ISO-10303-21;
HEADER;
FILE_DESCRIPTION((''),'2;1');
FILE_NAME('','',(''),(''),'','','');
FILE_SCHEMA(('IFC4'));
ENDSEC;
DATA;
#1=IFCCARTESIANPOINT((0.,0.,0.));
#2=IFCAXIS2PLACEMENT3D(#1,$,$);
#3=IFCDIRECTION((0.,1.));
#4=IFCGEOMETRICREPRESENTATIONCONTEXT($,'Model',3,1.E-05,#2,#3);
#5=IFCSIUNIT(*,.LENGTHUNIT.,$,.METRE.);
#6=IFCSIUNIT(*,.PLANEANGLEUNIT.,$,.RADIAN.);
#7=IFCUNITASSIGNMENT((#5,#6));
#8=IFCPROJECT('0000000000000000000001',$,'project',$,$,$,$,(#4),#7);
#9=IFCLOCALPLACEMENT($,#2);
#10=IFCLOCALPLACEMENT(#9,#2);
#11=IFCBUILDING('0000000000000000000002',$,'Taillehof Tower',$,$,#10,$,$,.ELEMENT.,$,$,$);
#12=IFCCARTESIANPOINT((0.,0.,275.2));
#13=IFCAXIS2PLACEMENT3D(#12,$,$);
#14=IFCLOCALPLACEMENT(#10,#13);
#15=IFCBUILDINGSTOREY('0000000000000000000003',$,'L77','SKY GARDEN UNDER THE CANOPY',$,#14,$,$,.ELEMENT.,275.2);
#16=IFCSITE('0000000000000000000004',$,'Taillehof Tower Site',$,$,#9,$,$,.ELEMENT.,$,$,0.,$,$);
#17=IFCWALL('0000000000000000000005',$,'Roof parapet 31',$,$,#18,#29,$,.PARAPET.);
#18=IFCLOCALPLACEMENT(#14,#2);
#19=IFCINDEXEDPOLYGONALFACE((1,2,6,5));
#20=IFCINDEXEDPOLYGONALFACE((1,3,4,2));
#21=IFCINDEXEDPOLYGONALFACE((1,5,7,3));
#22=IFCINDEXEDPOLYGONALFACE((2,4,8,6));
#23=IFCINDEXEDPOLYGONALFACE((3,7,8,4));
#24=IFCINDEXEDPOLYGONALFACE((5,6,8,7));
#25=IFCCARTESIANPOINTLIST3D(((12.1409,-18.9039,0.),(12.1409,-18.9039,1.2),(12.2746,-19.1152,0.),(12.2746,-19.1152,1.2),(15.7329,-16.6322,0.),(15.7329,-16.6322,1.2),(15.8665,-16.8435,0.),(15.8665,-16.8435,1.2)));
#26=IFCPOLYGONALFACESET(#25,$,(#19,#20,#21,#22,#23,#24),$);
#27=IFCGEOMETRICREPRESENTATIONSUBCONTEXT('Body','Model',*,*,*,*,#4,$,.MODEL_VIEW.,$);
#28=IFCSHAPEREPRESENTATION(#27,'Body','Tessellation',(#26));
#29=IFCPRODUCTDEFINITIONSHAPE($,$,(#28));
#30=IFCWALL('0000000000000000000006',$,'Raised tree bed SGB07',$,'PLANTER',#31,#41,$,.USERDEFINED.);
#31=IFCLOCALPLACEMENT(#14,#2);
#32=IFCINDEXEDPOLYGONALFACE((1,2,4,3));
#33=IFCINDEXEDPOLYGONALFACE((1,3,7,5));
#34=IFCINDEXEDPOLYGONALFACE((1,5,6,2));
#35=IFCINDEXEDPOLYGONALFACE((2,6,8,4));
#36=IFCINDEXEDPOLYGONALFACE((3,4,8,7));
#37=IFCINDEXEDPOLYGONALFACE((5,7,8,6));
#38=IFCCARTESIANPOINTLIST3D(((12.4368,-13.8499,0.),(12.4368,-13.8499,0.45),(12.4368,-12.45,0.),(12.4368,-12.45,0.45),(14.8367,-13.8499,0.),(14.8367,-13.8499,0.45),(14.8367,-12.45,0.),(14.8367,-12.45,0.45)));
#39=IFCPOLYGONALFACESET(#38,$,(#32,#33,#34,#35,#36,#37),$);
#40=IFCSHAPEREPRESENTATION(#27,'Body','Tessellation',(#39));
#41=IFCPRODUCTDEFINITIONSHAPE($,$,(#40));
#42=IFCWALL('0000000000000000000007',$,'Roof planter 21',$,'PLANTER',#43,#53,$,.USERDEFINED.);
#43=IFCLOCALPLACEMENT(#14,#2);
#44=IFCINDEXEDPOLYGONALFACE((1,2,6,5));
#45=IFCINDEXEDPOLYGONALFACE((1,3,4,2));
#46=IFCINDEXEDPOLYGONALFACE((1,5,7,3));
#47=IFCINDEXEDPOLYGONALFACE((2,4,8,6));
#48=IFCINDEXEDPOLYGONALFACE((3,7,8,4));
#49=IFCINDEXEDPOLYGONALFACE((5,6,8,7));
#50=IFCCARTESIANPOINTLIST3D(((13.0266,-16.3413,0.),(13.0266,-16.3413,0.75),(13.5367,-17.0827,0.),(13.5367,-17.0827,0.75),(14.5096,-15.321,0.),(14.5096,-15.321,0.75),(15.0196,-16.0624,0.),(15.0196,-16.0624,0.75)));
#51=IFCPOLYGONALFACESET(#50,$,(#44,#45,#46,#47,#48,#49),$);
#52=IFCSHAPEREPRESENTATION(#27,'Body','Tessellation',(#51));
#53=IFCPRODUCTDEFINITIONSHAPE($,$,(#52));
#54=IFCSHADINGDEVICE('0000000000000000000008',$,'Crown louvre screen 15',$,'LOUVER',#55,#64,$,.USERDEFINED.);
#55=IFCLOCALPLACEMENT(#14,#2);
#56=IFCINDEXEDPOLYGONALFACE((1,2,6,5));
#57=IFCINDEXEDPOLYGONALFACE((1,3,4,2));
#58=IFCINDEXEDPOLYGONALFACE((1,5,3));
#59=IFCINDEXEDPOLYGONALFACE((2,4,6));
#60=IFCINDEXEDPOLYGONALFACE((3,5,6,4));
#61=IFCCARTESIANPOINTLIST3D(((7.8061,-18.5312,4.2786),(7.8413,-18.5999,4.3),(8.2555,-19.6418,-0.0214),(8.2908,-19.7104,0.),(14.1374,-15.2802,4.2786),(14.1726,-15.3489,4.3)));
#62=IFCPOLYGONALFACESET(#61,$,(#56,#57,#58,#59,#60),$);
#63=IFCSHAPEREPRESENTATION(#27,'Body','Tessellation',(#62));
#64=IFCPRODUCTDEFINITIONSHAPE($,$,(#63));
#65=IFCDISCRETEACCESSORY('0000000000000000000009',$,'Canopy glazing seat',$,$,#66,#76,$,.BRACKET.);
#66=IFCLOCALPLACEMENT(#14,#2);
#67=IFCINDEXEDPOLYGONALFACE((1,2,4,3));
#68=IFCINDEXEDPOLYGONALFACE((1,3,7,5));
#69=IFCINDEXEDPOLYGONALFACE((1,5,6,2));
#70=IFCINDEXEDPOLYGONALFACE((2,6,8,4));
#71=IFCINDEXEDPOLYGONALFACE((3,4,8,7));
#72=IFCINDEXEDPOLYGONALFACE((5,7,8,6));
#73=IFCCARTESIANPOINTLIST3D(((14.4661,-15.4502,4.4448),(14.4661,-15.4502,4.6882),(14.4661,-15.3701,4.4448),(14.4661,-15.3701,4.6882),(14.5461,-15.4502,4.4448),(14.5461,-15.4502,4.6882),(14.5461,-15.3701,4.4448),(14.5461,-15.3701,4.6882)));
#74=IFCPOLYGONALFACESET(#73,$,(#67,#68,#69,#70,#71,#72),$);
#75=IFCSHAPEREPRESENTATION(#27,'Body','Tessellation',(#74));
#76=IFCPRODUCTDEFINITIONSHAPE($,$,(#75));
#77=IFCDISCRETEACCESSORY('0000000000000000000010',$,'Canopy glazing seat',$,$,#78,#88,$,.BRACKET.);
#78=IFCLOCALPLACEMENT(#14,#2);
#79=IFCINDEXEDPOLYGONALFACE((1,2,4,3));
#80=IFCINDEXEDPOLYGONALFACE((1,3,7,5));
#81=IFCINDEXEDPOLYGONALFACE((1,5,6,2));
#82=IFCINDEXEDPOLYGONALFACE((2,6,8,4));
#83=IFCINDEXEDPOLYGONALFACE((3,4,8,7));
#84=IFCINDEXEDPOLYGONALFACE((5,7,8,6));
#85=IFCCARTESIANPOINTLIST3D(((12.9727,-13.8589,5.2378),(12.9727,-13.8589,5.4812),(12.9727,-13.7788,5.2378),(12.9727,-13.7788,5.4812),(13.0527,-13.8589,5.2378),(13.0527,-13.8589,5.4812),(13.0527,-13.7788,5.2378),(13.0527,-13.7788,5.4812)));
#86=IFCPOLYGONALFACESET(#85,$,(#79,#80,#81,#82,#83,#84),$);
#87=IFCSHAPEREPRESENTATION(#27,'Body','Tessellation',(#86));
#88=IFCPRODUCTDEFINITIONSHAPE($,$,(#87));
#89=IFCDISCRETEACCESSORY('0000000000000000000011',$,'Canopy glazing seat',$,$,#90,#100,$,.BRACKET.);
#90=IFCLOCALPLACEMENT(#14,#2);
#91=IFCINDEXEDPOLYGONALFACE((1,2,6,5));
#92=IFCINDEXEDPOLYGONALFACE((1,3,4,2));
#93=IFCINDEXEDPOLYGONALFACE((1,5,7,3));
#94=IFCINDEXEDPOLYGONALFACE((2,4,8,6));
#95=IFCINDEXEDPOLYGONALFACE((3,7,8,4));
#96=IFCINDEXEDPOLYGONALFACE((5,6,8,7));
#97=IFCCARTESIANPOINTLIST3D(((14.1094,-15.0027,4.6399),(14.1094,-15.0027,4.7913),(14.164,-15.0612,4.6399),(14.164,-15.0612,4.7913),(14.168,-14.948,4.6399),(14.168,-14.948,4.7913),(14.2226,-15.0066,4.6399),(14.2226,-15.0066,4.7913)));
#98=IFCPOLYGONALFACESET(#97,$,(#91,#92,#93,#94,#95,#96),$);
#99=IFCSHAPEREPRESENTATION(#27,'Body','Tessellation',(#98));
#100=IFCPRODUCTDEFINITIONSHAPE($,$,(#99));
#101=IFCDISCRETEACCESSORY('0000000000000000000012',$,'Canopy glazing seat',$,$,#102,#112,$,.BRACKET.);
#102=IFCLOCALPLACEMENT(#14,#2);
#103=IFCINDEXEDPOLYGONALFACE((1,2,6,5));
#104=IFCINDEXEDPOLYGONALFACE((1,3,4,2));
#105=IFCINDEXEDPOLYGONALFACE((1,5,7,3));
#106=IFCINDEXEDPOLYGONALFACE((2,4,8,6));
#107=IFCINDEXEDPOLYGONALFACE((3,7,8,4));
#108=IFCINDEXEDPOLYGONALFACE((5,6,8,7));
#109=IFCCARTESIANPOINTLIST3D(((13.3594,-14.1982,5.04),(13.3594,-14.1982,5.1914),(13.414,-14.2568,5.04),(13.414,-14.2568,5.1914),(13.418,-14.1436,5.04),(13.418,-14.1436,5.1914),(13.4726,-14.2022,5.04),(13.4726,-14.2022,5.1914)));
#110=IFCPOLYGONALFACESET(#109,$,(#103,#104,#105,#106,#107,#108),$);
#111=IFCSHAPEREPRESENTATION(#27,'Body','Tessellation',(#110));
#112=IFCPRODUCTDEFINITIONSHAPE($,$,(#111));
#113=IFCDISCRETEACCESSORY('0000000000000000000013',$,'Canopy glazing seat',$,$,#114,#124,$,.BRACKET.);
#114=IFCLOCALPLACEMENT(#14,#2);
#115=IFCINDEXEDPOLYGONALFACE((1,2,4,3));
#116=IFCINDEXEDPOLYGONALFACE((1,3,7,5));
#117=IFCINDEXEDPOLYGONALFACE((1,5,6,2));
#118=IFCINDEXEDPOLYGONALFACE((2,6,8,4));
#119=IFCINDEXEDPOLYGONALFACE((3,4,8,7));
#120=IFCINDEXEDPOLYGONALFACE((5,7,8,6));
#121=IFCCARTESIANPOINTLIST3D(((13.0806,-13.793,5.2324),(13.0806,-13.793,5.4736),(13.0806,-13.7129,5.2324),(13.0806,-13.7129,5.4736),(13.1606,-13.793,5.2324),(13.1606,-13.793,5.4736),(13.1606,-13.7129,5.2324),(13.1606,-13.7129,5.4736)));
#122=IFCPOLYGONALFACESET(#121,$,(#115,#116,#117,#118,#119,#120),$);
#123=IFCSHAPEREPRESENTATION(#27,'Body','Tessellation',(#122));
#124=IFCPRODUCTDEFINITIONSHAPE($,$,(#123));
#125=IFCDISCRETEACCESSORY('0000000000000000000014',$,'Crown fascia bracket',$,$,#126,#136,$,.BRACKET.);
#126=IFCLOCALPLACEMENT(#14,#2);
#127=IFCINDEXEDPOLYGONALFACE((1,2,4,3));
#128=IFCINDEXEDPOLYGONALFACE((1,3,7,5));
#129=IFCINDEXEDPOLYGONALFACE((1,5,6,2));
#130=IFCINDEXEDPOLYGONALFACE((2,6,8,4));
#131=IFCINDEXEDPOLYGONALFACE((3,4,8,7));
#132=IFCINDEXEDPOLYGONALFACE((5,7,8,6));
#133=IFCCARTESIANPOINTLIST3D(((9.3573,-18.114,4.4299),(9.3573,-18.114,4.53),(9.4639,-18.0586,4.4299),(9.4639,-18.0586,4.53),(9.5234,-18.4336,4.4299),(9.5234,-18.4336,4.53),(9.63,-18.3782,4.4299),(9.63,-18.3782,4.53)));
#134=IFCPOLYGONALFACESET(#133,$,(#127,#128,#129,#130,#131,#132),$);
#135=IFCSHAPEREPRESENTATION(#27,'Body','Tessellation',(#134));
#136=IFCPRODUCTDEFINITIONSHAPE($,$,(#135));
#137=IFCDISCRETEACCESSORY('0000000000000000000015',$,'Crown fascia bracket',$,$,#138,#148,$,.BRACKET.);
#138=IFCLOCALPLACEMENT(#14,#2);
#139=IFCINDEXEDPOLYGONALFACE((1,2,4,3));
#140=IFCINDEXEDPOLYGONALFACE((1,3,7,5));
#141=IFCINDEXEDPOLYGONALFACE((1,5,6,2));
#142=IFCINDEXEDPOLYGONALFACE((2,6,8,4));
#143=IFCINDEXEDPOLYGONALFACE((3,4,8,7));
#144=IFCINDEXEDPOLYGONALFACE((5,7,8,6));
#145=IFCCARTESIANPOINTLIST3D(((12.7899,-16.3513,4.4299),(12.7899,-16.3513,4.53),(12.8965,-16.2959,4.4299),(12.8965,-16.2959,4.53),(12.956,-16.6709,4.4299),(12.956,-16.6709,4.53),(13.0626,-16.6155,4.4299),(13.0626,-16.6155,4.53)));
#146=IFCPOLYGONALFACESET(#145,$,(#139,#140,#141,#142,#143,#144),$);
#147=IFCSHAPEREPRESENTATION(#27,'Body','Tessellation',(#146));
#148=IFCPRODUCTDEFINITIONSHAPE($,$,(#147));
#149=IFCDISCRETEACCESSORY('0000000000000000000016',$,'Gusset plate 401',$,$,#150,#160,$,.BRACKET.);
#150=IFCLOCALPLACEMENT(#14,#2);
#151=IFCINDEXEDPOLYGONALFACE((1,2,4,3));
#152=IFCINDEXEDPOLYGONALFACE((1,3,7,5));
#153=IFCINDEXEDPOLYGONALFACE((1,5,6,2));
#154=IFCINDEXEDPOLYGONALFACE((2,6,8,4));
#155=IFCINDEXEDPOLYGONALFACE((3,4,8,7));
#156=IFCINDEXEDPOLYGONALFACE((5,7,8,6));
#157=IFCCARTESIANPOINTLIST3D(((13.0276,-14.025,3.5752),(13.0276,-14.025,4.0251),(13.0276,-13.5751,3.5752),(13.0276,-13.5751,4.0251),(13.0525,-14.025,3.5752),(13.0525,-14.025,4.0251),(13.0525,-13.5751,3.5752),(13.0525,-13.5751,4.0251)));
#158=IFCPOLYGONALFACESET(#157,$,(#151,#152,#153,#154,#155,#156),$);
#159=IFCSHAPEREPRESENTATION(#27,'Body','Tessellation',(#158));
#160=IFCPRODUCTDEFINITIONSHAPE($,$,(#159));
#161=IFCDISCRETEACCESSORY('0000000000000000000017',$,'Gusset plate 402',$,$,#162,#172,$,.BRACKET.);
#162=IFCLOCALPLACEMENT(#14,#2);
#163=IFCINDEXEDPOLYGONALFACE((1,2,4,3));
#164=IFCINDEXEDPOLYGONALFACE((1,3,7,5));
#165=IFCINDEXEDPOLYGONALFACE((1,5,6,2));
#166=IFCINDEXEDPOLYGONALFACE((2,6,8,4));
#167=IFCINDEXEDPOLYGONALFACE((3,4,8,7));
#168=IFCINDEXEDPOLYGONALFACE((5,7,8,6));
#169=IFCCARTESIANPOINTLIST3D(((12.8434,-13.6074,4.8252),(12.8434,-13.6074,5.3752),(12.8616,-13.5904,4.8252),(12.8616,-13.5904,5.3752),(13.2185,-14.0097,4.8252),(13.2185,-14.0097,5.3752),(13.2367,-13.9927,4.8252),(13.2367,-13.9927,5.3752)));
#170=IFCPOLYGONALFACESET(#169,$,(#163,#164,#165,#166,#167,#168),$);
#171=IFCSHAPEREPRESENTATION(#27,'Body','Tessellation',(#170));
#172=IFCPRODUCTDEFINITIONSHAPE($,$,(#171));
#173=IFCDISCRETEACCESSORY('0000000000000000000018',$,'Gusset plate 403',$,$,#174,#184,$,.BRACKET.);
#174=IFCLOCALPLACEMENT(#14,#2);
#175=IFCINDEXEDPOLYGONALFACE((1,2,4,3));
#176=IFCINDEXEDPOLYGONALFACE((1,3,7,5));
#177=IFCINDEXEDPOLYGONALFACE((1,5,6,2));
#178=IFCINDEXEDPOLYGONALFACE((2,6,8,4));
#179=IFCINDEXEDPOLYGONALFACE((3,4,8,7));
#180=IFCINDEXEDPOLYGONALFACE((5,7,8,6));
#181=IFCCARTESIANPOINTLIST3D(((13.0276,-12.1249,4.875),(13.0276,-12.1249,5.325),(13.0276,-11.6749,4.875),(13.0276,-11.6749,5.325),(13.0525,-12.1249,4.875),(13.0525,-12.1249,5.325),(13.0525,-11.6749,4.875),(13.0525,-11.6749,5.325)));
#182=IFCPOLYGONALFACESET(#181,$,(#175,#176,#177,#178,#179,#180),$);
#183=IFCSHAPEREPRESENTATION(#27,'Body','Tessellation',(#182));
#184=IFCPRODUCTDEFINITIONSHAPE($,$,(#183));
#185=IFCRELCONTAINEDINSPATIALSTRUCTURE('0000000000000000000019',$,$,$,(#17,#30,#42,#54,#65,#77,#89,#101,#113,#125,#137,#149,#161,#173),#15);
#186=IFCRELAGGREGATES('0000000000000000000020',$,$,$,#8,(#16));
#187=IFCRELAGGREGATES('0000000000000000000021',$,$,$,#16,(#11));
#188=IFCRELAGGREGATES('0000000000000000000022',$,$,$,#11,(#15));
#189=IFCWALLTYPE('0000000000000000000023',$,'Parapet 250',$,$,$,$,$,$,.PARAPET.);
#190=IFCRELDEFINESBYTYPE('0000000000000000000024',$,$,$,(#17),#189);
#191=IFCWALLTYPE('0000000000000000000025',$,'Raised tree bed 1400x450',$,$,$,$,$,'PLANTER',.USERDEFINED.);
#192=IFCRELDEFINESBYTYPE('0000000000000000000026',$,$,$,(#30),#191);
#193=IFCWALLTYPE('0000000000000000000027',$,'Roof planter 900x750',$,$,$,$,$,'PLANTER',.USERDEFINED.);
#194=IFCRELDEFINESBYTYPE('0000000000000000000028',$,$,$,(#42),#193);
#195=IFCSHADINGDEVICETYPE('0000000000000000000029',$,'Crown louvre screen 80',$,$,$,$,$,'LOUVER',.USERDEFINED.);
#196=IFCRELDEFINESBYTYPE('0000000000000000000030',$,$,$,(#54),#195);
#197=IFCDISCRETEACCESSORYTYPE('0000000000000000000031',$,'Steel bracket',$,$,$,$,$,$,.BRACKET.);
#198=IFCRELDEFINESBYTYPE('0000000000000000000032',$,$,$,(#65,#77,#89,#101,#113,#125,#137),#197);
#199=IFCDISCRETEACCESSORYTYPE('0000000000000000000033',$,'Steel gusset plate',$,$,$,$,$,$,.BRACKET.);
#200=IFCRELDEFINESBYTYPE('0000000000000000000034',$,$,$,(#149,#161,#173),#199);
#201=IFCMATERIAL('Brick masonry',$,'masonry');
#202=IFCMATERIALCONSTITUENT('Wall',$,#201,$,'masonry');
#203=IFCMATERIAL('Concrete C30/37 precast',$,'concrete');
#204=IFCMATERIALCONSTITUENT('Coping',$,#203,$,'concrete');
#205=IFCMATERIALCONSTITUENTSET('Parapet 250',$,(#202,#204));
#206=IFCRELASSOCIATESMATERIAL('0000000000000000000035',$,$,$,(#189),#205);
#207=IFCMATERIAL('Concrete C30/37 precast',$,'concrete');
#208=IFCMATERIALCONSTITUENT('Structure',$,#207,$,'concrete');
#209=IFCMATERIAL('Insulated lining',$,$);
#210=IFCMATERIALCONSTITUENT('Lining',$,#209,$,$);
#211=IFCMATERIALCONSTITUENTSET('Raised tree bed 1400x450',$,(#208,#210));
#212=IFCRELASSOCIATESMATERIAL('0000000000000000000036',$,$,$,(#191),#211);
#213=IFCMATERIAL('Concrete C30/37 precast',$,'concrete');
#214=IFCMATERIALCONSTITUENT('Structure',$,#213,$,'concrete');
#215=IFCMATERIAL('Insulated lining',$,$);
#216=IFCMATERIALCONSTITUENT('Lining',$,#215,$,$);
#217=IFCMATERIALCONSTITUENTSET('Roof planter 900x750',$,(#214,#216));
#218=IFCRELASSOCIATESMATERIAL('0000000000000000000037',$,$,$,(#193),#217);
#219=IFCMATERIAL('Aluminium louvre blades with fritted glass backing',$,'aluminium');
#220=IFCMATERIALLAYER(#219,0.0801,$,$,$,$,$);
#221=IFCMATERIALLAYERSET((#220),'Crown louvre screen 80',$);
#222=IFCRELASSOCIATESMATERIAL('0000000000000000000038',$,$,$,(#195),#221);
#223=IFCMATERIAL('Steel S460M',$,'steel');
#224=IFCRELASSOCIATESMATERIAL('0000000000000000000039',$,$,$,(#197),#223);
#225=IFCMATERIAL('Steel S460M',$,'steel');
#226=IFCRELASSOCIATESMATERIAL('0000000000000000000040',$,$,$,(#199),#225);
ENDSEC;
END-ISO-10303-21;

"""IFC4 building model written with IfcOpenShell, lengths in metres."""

from ifc_helpers import new_model, si_unit, direction, frame, frame_2d, origin, origin_2d, place, context, subcontext, project, spatial, polyline, rectangle, outline, extrude, material, layer, layer_set, constituent, constituent_set, type_object, element, save


model = new_model("IFC4")

# Units and contexts
model_context = context("Model", 3, precision=1e-05, world=origin(), true_north=direction((0.0, 1.0)))
body_context = subcontext(model_context, "Body", "Model", "MODEL_VIEW")
ifc_project = project(units=[si_unit("LENGTHUNIT", "METRE"), si_unit("PLANEANGLEUNIT", "RADIAN")], contexts=[model_context])

# Site, building, storey
site_placement = place(None, origin())
site = spatial("IfcSite", under=ifc_project, at=site_placement, Name="Taillehof Tower Site", CompositionType="ELEMENT", RefElevation=0.0)
building_placement = place(site_placement, origin())
building = spatial("IfcBuilding", under=site, at=building_placement, Name="Taillehof Tower", CompositionType="ELEMENT")
storey_placement = place(building_placement, frame((0.0, 0.0, 275.2)))
storey = spatial("IfcBuildingStorey", under=building, at=storey_placement, Name="L77", Description="SKY GARDEN UNDER THE CANOPY", CompositionType="ELEMENT", Elevation=275.2)

# Walls
ifc_material_1 = material(Name="Brick masonry", Category="masonry")
ifc_constituent_1 = constituent(ifc_material_1, Name="Wall", Category="masonry")
ifc_material_2 = material(Name="Concrete C30/37 precast", Category="concrete")
ifc_constituent_2 = constituent(ifc_material_2, Name="Coping", Category="concrete")
ifc_constituent_set_1 = constituent_set(constituents=[ifc_constituent_1, ifc_constituent_2], Name="Parapet 250")
wall_type_1 = type_object("IfcWallType", Name="Parapet 250", PredefinedType="PARAPET", material=ifc_constituent_set_1)
wall_1_placement = place(storey_placement, frame((12.2078, -19.0095, 0.0), z_axis=(0.0, 0.0, 1.0), x_axis=(0.845163, 0.534509, 0.0)))
element("IfcWall", 1, at=wall_1_placement, inside=storey, type_object=wall_type_1, Name="Roof parapet 31", PredefinedType="PARAPET", context=body_context, shape_type="SweptSolid", body=[
    extrude(rectangle(XDim=4.25, YDim=0.25, at=frame_2d((2.125, 0.0))), origin(), (0.0, 0.0, 1.0), 1.2),
])
ifc_material_3 = material(Name="Concrete C30/37 precast", Category="concrete")
ifc_constituent_3 = constituent(ifc_material_3, Name="Structure", Category="concrete")
ifc_material_4 = material(Name="Insulated lining")
ifc_constituent_4 = constituent(ifc_material_4, Name="Lining")
ifc_constituent_set_2 = constituent_set(constituents=[ifc_constituent_3, ifc_constituent_4], Name="Raised tree bed 1400x450")
wall_type_2 = type_object("IfcWallType", Name="Raised tree bed 1400x450", ElementType="PLANTER", PredefinedType="USERDEFINED", material=ifc_constituent_set_2)
wall_2_placement = place(storey_placement, frame((12.4368, -13.1499, 0.0), z_axis=(0.0, 0.0, 1.0), x_axis=(1.0, 0.0, 0.0)))
element("IfcWall", 2, at=wall_2_placement, inside=storey, type_object=wall_type_2, Name="Raised tree bed SGB07", ObjectType="PLANTER", PredefinedType="USERDEFINED", context=body_context, shape_type="SweptSolid", body=[
    extrude(rectangle(XDim=2.3999, YDim=1.3999, at=frame_2d((1.2, 0.0))), origin(), (0.0, 0.0, 1.0), 0.45),
])
ifc_material_5 = material(Name="Concrete C30/37 precast", Category="concrete")
ifc_constituent_5 = constituent(ifc_material_5, Name="Structure", Category="concrete")
ifc_material_6 = material(Name="Insulated lining")
ifc_constituent_6 = constituent(ifc_material_6, Name="Lining")
ifc_constituent_set_3 = constituent_set(constituents=[ifc_constituent_5, ifc_constituent_6], Name="Roof planter 900x750")
wall_type_3 = type_object("IfcWallType", Name="Roof planter 900x750", ElementType="PLANTER", PredefinedType="USERDEFINED", material=ifc_constituent_set_3)
wall_3_placement = place(storey_placement, frame((13.2817, -16.7119, 0.0), z_axis=(0.0, 0.0, 1.0), x_axis=(0.823844, 0.566817, 0.0)))
element("IfcWall", 3, at=wall_3_placement, inside=storey, type_object=wall_type_3, Name="Roof planter 21", ObjectType="PLANTER", PredefinedType="USERDEFINED", context=body_context, shape_type="SweptSolid", body=[
    extrude(rectangle(XDim=1.8, YDim=0.8999, at=frame_2d((0.8999, 0.0))), origin(), (0.0, 0.0, 1.0), 0.75),
])

# Shading device
ifc_material_7 = material(Name="Aluminium louvre blades with fritted glass backing", Category="aluminium")
ifc_layer = layer(ifc_material_7, 0.0801)
ifc_layer_set = layer_set([ifc_layer], Name="Crown louvre screen 80")
shading_device_type = type_object("IfcShadingDeviceType", Name="Crown louvre screen 80", ElementType="LOUVER", PredefinedType="USERDEFINED", material=ifc_layer_set)
shading_device_placement = place(storey_placement, frame((8.2908, -19.7104, 0.0), z_axis=(0.440146, -0.857188, 0.267397), x_axis=(0.692653, 0.513625, 0.50638)))
element("IfcShadingDevice", 4, at=shading_device_placement, inside=storey, type_object=shading_device_type, Name="Crown louvre screen 15", ObjectType="LOUVER", PredefinedType="USERDEFINED", context=body_context, shape_type="SweptSolid", body=[
    extrude(outline(polyline([(0.0, 0.0), (8.4917, 0.0), (2.4366, 3.7402), (0.0, 0.0)])), origin(), (0.0, 0.0, -1.0), 0.0801),
])

# Discrete accessories
ifc_material_8 = material(Name="Steel S460M", Category="steel")
discrete_accessory_type_1 = type_object("IfcDiscreteAccessoryType", Name="Steel bracket", PredefinedType="BRACKET", material=ifc_material_8)
for number, where, z_axis, x_axis, name in (
    (5, (14.5061, -15.4102, 4.4448), (0.0, 0.0, 1.0), (1.0, 0.0, 0.0), "Canopy glazing seat"),
    (6, (13.0127, -13.8188, 5.2378), (0.0, 0.0, 1.0), (1.0, 0.0, 0.0), "Canopy glazing seat"),
):
    element("IfcDiscreteAccessory", number, at=place(storey_placement, frame(where, z_axis=z_axis, x_axis=x_axis)), inside=storey, type_object=discrete_accessory_type_1, Name=name, PredefinedType="BRACKET", context=body_context, shape_type="SweptSolid", body=[
        extrude(rectangle(XDim=0.0801, YDim=0.0801, at=origin_2d()), origin(), (0.0, 0.0, 1.0), 0.2434),
    ])
for number, where, z_axis, x_axis, name in (
    (7, (14.166, -15.0046, 4.6399), (0.0, 0.0, 1.0), (-0.681898, 0.731448, 0.0), "Canopy glazing seat"),
    (8, (13.416, -14.2002, 5.04), (0.0, 0.0, 1.0), (-0.681898, 0.731448, 0.0), "Canopy glazing seat"),
):
    element("IfcDiscreteAccessory", number, at=place(storey_placement, frame(where, z_axis=z_axis, x_axis=x_axis)), inside=storey, type_object=discrete_accessory_type_1, Name=name, PredefinedType="BRACKET", context=body_context, shape_type="SweptSolid", body=[
        extrude(rectangle(XDim=0.0801, YDim=0.0801, at=origin_2d()), origin(), (0.0, 0.0, 1.0), 0.1514),
    ])
discrete_accessory_1_placement = place(storey_placement, frame((13.1206, -13.7529, 5.2324), z_axis=(0.0, 0.0, 1.0), x_axis=(1.0, 0.0, 0.0)))
element("IfcDiscreteAccessory", 9, at=discrete_accessory_1_placement, inside=storey, type_object=discrete_accessory_type_1, Name="Canopy glazing seat", PredefinedType="BRACKET", context=body_context, shape_type="SweptSolid", body=[
    extrude(rectangle(XDim=0.0801, YDim=0.0801, at=origin_2d()), origin(), (0.0, 0.0, 1.0), 0.2412),
])
for number, where, z_axis, x_axis, name in (
    (10, (9.4937, -18.2461, 4.4299), (0.0, 0.0, 1.0), (0.461145, -0.887325, 0.0), "Crown fascia bracket"),
    (11, (12.9263, -16.4834, 4.4299), (0.0, 0.0, 1.0), (0.461145, -0.887325, 0.0), "Crown fascia bracket"),
):
    element("IfcDiscreteAccessory", number, at=place(storey_placement, frame(where, z_axis=z_axis, x_axis=x_axis)), inside=storey, type_object=discrete_accessory_type_1, Name=name, PredefinedType="BRACKET", context=body_context, shape_type="SweptSolid", body=[
        extrude(rectangle(XDim=0.3601, YDim=0.1201, at=origin_2d()), origin(), (0.0, 0.0, 1.0), 0.1001),
    ])
ifc_material_9 = material(Name="Steel S460M", Category="steel")
discrete_accessory_type_2 = type_object("IfcDiscreteAccessoryType", Name="Steel gusset plate", PredefinedType="BRACKET", material=ifc_material_9)
discrete_accessory_2_placement = place(storey_placement, frame((13.04, -13.8, 3.5752), z_axis=(0.0, 0.0, 1.0), x_axis=(0.0, 1.0, 0.0)))
element("IfcDiscreteAccessory", 12, at=discrete_accessory_2_placement, inside=storey, type_object=discrete_accessory_type_2, Name="Gusset plate 401", PredefinedType="BRACKET", context=body_context, shape_type="SweptSolid", body=[
    extrude(rectangle(XDim=0.45, YDim=0.0249, at=origin_2d()), origin(), (0.0, 0.0, 1.0), 0.45),
])
discrete_accessory_3_placement = place(storey_placement, frame((13.04, -13.8, 4.8252), z_axis=(0.0, 0.0, 1.0), x_axis=(-0.681844, 0.731498, 0.0)))
element("IfcDiscreteAccessory", 13, at=discrete_accessory_3_placement, inside=storey, type_object=discrete_accessory_type_2, Name="Gusset plate 402", PredefinedType="BRACKET", context=body_context, shape_type="SweptSolid", body=[
    extrude(rectangle(XDim=0.55, YDim=0.0249, at=origin_2d()), origin(), (0.0, 0.0, 1.0), 0.55),
])
for number, where, z_axis, x_axis, name in (
    (14, (13.04, -11.8999, 4.875), (0.0, 0.0, 1.0), (0.0, 1.0, 0.0), "Gusset plate 403"),
):
    element("IfcDiscreteAccessory", number, at=place(storey_placement, frame(where, z_axis=z_axis, x_axis=x_axis)), inside=storey, type_object=discrete_accessory_type_2, Name=name, PredefinedType="BRACKET", context=body_context, shape_type="SweptSolid", body=[
        extrude(rectangle(XDim=0.45, YDim=0.0249, at=origin_2d()), origin(), (0.0, 0.0, 1.0), 0.45),
    ])

save(model, "model.ifc")
